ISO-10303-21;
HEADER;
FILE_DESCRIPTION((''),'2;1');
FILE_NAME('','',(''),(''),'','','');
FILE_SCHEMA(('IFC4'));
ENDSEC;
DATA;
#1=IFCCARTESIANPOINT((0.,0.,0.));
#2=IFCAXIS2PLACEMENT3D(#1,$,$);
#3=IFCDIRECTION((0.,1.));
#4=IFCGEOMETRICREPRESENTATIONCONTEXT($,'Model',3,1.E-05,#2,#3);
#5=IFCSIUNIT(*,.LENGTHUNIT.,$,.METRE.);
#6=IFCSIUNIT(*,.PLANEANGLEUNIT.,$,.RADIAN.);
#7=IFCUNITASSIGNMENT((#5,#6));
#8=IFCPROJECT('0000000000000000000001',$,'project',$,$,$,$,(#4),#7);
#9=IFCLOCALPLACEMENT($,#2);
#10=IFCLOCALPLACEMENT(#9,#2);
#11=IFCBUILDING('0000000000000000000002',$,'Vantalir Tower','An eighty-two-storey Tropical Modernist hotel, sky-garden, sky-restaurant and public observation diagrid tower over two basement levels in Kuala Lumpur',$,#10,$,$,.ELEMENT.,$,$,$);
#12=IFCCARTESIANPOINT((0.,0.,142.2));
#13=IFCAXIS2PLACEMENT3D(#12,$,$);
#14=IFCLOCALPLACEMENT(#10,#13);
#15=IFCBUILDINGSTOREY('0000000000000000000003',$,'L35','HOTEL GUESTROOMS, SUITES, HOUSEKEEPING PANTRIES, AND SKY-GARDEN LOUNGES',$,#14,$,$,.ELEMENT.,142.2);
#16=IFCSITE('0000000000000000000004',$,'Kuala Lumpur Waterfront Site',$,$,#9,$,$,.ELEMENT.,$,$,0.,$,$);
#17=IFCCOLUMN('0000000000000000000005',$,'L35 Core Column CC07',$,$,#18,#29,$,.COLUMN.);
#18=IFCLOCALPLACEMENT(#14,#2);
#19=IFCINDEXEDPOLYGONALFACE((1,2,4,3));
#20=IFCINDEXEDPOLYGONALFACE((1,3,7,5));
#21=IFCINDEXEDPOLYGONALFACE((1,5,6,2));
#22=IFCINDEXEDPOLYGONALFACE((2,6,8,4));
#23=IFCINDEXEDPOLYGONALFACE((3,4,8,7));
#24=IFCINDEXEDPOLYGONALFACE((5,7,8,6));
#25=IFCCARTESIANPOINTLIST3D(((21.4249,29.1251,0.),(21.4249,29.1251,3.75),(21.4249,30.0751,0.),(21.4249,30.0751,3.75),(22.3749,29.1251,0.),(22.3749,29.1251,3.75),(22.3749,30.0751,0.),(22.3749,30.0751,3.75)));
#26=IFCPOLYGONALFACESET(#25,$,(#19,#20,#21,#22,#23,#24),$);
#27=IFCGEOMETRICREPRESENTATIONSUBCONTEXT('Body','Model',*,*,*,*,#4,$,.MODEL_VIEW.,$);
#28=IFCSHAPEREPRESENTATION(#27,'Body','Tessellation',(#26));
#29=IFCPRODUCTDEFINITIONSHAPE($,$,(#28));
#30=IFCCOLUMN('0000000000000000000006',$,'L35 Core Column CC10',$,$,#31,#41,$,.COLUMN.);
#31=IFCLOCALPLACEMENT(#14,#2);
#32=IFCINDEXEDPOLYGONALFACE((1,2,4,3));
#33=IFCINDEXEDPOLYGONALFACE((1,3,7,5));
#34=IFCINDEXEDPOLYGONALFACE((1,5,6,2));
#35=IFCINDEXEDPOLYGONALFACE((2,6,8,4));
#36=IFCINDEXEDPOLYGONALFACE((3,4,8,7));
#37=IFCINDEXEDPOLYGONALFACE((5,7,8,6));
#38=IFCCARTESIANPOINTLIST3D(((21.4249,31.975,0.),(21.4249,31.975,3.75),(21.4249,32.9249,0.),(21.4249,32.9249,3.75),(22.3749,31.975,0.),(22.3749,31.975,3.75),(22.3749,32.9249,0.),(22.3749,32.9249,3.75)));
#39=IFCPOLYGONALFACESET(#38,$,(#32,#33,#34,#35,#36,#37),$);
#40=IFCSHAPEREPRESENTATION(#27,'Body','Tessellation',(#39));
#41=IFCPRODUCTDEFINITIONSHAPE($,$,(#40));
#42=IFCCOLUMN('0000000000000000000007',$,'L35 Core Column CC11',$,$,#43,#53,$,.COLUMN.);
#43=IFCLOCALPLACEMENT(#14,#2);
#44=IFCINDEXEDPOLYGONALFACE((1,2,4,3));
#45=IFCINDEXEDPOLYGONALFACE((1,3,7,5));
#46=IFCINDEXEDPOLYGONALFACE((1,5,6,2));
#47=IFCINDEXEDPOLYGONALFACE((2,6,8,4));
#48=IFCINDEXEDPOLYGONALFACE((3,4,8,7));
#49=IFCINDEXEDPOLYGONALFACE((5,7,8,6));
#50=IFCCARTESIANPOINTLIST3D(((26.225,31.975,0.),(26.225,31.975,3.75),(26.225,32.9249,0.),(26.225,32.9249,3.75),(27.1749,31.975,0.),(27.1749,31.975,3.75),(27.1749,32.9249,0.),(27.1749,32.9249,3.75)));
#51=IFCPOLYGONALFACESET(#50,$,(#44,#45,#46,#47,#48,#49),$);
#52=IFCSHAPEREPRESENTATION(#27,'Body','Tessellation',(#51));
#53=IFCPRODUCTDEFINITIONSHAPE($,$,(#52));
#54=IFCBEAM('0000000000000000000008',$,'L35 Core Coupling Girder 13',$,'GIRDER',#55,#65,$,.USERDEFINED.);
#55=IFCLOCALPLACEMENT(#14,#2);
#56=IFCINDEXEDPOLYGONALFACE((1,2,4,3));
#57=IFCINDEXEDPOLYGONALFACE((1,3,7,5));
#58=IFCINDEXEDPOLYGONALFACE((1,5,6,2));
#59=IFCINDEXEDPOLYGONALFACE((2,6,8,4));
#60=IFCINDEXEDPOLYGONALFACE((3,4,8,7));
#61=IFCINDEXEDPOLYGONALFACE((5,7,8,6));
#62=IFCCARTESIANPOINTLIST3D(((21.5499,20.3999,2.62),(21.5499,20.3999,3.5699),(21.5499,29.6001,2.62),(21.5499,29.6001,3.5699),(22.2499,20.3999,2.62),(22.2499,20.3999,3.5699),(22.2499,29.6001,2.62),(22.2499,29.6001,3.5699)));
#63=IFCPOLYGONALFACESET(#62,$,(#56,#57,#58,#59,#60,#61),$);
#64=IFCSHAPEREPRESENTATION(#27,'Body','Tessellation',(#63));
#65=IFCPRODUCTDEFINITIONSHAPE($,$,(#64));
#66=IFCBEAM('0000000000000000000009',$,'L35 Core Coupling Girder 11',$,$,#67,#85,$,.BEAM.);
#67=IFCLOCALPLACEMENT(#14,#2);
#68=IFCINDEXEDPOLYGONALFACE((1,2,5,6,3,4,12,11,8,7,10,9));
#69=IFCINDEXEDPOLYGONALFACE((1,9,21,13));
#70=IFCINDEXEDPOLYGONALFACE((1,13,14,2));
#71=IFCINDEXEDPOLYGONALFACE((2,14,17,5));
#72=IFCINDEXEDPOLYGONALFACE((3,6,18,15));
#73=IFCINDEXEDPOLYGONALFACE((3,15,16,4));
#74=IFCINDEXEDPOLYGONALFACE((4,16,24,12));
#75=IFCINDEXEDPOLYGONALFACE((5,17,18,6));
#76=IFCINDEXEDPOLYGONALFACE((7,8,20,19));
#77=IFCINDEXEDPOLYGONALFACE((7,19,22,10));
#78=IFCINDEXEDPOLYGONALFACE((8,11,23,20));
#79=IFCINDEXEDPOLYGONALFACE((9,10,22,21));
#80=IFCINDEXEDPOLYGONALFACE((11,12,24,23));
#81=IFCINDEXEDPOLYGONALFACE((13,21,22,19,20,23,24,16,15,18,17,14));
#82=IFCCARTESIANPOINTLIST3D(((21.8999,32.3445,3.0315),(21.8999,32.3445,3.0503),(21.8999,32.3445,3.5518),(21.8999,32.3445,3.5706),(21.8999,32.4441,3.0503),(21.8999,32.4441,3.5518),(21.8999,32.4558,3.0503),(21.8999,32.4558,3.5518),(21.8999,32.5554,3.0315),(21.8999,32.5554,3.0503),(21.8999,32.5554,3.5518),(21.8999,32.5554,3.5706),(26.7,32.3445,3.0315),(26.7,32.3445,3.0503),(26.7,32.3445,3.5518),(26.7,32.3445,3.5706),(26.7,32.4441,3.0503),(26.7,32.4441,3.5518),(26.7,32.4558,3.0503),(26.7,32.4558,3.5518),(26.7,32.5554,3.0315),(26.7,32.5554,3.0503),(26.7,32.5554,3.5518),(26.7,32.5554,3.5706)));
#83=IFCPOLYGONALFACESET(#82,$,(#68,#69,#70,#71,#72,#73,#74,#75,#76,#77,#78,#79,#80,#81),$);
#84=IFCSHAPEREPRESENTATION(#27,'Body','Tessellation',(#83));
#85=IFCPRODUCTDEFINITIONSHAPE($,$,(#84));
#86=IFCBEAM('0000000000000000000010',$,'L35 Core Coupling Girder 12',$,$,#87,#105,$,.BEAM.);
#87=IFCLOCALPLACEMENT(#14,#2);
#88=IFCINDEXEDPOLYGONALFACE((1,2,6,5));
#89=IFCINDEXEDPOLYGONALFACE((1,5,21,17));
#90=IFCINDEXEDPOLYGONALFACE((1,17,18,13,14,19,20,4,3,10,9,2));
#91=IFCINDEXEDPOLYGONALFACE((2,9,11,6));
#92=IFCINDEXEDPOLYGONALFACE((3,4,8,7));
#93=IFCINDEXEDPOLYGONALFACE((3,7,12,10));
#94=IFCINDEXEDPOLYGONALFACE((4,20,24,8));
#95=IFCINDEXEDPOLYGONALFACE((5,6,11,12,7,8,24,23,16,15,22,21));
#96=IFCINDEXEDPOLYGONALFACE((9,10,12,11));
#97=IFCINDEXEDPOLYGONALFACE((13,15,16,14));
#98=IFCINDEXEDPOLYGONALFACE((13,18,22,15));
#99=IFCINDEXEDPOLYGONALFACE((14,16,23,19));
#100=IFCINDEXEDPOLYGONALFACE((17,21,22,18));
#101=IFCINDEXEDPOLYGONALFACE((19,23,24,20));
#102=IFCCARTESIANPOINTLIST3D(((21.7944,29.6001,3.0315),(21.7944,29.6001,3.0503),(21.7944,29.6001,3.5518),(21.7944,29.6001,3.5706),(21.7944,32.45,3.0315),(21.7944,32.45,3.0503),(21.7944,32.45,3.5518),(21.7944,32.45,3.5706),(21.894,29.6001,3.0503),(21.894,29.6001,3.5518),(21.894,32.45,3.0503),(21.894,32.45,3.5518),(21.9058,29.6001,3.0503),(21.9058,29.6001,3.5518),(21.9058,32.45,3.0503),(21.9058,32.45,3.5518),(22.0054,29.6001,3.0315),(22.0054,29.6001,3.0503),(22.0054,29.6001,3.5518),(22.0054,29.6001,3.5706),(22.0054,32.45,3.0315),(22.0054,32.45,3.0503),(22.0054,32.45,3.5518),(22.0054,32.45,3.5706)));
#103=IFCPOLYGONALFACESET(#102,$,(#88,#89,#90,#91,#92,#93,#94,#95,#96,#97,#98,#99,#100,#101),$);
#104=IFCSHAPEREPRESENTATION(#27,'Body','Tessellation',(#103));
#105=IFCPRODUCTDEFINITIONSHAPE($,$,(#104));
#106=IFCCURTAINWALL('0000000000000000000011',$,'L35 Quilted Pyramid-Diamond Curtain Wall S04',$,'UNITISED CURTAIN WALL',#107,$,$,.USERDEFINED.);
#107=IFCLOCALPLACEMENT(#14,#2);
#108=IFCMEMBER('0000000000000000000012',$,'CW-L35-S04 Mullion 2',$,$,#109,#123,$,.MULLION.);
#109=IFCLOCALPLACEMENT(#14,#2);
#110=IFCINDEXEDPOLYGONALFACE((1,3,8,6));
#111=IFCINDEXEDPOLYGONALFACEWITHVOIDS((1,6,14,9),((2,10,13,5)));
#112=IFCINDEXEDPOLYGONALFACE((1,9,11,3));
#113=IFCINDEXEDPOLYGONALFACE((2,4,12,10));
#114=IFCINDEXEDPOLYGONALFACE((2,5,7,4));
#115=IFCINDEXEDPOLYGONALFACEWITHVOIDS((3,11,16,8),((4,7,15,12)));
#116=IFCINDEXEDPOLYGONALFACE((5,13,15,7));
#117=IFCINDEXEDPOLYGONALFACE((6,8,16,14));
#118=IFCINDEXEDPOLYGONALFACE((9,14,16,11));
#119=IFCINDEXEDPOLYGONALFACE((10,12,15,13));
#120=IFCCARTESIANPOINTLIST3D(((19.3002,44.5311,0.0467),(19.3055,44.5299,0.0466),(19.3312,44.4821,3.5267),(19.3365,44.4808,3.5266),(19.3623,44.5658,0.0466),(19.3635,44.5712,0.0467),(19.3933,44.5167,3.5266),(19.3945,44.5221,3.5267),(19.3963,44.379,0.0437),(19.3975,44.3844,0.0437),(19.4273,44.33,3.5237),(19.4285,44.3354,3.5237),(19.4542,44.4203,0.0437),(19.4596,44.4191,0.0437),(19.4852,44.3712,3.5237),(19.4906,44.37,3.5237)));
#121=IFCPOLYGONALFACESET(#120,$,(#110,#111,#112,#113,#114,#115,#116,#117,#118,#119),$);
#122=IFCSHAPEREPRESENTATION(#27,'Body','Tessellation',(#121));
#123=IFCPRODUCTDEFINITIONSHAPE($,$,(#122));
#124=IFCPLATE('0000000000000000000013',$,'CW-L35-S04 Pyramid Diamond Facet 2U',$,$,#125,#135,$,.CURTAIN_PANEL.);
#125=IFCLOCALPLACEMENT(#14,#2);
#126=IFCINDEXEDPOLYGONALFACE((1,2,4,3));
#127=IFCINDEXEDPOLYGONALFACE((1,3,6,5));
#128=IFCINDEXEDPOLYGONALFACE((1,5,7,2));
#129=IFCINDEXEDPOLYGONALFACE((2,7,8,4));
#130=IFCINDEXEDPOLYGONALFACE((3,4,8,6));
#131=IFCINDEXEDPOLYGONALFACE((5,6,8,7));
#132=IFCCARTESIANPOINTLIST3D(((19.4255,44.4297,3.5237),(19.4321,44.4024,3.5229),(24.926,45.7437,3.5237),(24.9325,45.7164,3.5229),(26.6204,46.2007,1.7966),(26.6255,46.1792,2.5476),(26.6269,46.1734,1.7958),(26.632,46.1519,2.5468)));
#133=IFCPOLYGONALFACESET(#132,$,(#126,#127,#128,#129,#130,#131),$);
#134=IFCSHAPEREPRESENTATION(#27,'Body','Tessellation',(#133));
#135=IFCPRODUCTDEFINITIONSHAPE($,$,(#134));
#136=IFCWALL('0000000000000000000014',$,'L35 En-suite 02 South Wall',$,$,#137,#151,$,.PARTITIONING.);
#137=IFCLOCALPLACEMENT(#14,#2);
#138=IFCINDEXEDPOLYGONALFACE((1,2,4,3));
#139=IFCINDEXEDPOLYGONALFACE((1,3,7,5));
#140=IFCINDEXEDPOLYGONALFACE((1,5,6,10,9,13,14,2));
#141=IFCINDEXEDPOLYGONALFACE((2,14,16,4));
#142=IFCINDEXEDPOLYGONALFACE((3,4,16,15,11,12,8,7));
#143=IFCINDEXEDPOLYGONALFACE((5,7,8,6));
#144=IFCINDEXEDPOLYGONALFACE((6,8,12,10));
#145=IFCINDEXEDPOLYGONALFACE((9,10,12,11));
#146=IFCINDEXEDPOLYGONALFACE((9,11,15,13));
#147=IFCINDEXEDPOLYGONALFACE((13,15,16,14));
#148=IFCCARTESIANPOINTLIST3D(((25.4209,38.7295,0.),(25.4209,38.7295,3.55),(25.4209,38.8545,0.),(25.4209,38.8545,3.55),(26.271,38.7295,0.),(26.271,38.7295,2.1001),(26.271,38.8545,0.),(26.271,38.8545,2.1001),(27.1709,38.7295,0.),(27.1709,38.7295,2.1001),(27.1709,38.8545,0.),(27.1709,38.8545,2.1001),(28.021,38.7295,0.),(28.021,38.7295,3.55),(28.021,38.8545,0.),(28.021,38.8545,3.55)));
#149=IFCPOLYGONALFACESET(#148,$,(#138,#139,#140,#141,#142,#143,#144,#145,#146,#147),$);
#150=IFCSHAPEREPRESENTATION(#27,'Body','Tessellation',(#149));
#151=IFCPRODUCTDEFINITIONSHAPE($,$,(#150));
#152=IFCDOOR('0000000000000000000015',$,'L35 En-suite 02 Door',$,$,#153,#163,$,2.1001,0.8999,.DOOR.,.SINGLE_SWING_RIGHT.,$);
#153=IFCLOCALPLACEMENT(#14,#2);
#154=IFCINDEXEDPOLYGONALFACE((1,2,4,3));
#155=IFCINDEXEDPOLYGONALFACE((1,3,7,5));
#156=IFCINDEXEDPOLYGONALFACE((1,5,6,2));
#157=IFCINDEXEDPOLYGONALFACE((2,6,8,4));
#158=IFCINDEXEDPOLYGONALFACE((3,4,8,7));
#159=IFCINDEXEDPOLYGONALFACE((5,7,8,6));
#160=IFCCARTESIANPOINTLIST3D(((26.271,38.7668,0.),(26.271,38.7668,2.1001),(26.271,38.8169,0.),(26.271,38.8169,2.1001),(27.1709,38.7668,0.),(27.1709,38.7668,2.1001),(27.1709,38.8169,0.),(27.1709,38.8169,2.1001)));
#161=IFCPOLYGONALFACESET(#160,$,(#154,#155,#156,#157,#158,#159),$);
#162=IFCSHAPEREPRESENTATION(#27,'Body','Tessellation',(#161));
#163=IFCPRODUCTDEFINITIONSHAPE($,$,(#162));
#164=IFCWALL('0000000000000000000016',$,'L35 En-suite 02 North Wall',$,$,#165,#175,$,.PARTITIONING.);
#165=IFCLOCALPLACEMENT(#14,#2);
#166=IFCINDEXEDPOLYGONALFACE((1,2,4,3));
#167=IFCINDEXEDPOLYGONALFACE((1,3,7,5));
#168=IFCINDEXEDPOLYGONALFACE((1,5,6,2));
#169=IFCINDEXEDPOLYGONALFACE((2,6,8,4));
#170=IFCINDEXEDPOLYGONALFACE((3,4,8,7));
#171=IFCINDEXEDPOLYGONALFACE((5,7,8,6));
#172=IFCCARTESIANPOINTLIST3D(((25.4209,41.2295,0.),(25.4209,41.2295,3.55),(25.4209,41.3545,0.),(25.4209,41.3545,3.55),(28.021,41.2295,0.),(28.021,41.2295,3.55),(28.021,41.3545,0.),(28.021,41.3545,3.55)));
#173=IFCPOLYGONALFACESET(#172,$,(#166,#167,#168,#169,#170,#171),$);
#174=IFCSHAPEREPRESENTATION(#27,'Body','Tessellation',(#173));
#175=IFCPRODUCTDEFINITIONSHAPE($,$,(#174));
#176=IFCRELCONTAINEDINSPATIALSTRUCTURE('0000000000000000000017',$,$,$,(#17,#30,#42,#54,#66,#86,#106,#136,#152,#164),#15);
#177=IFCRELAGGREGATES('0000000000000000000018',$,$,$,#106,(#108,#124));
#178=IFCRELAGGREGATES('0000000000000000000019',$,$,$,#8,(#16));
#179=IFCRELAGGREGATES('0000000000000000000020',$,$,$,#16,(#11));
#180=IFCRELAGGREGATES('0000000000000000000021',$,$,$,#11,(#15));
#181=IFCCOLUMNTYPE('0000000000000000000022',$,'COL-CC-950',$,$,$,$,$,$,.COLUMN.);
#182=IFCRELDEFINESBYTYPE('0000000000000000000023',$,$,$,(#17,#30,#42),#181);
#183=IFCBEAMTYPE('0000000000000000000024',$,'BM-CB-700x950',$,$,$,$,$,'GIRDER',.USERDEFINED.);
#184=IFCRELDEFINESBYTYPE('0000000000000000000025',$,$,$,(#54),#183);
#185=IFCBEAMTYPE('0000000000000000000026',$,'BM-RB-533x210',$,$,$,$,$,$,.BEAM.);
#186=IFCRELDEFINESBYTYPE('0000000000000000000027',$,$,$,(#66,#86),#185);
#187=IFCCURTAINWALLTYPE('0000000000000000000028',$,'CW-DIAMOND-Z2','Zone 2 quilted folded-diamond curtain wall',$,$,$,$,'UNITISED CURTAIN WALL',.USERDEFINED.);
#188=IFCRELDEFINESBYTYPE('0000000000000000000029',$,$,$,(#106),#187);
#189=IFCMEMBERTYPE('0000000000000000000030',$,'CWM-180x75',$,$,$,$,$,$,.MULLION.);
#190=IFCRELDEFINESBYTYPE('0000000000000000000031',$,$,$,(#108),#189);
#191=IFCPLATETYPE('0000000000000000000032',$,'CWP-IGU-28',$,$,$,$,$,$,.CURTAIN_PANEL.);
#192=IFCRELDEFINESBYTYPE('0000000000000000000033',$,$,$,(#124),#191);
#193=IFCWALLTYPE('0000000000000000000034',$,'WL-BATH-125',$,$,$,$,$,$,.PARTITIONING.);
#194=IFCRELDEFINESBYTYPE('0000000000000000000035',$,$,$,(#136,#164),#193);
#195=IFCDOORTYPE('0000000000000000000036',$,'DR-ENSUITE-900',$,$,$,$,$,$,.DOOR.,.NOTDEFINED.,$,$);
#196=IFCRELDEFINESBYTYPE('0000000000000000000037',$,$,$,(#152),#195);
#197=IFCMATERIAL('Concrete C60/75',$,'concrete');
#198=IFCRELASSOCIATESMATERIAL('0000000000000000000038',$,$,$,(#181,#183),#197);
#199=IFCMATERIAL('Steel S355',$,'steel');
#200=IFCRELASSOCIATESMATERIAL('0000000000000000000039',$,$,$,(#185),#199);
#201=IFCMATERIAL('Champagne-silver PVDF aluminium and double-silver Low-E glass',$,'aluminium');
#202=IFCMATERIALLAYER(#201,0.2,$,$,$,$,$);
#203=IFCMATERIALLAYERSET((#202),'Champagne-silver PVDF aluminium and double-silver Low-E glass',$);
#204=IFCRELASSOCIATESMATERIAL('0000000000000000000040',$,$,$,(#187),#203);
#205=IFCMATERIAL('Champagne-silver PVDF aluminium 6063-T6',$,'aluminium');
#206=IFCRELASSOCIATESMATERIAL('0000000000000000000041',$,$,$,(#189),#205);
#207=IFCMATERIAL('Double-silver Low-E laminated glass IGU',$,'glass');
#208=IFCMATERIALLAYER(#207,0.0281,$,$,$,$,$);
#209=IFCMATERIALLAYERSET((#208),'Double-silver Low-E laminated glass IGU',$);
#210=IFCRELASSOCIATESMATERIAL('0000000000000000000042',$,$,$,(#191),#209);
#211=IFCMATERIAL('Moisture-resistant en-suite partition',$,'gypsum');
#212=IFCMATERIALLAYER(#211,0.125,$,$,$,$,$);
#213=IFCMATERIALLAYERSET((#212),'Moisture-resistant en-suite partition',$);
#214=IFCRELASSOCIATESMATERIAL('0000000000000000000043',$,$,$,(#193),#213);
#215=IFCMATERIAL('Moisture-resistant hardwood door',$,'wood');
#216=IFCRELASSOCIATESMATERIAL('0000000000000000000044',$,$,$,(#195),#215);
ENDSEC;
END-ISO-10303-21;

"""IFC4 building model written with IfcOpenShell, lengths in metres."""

from ifc_helpers import new_model, si_unit, direction, frame, frame_2d, origin, origin_2d, place, context, subcontext, project, spatial, polyline, rectangle, hollow_rectangle, i_section, outline, extrude, material, layer, layer_set, material_profile, profile_set, type_object, element, fill, aggregate, save


model = new_model("IFC4")

# Units and contexts
model_context = context("Model", 3, precision=1e-05, world=origin(), true_north=direction((0.0, 1.0)))
body_context = subcontext(model_context, "Body", "Model", "MODEL_VIEW")
ifc_project = project(units=[si_unit("LENGTHUNIT", "METRE"), si_unit("PLANEANGLEUNIT", "RADIAN")], contexts=[model_context])

# Site, building, storey
site_placement = place(None, origin())
site = spatial("IfcSite", under=ifc_project, at=site_placement, Name="Kuala Lumpur Waterfront Site", CompositionType="ELEMENT", RefElevation=0.0)
building_placement = place(site_placement, origin())
building = spatial("IfcBuilding", under=site, at=building_placement, Name="Vantalir Tower", Description="An eighty-two-storey Tropical Modernist hotel, sky-garden, sky-restaurant and public observation diagrid tower over two basement levels in Kuala Lumpur", CompositionType="ELEMENT")
storey_placement = place(building_placement, frame((0.0, 0.0, 142.2)))
storey = spatial("IfcBuildingStorey", under=building, at=storey_placement, Name="L35", Description="HOTEL GUESTROOMS, SUITES, HOUSEKEEPING PANTRIES, AND SKY-GARDEN LOUNGES", CompositionType="ELEMENT", Elevation=142.2)

# Columns
ifc_material_1 = material(Name="Concrete C60/75", Category="concrete")
ifc_material_profile_1 = material_profile(ifc_material_1, rectangle(XDim=0.95, YDim=0.95, at=origin_2d()), Name="Concrete C60/75")
ifc_profile_set_1 = profile_set([ifc_material_profile_1], Name="Concrete C60/75")
column_type = type_object("IfcColumnType", Name="COL-CC-950", PredefinedType="COLUMN", material=ifc_profile_set_1)
for number, where, z_axis, x_axis, name in (
    (1, (21.8999, 29.6001, 0.0), (0.0, 0.0, 1.0), (1.0, 0.0, 0.0), "L35 Core Column CC07"),
    (2, (21.8999, 32.45, 0.0), (0.0, 0.0, 1.0), (1.0, 0.0, 0.0), "L35 Core Column CC10"),
    (3, (26.7, 32.45, 0.0), (0.0, 0.0, 1.0), (1.0, 0.0, 0.0), "L35 Core Column CC11"),
):
    element("IfcColumn", number, at=place(storey_placement, frame(where, z_axis=z_axis, x_axis=x_axis)), inside=storey, type_object=column_type, Name=name, PredefinedType="COLUMN", context=body_context, shape_type="SweptSolid", body=[
        extrude(rectangle(XDim=0.95, YDim=0.95, at=origin_2d()), origin(), (0.0, 0.0, 1.0), 3.75),
    ])

# Beams
ifc_material_profile_2 = material_profile(ifc_material_1, rectangle(XDim=0.7, YDim=0.95, at=origin_2d()), Name="Concrete C60/75")
ifc_profile_set_2 = profile_set([ifc_material_profile_2], Name="Concrete C60/75")
beam_type_1 = type_object("IfcBeamType", Name="BM-CB-700x950", ElementType="GIRDER", PredefinedType="USERDEFINED", material=ifc_profile_set_2)
beam_1_placement = place(storey_placement, frame((21.8999, 29.6001, 3.095), z_axis=(0.0, -1.0, 0.0), x_axis=(1.0, 0.0, 0.0)))
element("IfcBeam", 4, at=beam_1_placement, inside=storey, type_object=beam_type_1, Name="L35 Core Coupling Girder 13", ObjectType="GIRDER", PredefinedType="USERDEFINED", context=body_context, shape_type="SweptSolid", body=[
    extrude(rectangle(XDim=0.7, YDim=0.95, at=origin_2d()), origin(), (0.0, 0.0, 1.0), 9.2002),
])
ifc_material_2 = material(Name="Steel S355", Category="steel")
ifc_material_profile_3 = material_profile(ifc_material_2, i_section(OverallWidth=0.2109, OverallDepth=0.5391, WebThickness=0.0117, FlangeThickness=0.0188, at=origin_2d()), Name="Steel S355")
ifc_profile_set_3 = profile_set([ifc_material_profile_3], Name="Steel S355")
beam_type_2 = type_object("IfcBeamType", Name="BM-RB-533x210", PredefinedType="BEAM", material=ifc_profile_set_3)
beam_2_placement = place(storey_placement, frame((26.7, 32.45, 3.301), z_axis=(-1.0, 0.0, 0.0), x_axis=(0.0, -1.0, 0.0)))
element("IfcBeam", 5, at=beam_2_placement, inside=storey, type_object=beam_type_2, Name="L35 Core Coupling Girder 11", PredefinedType="BEAM", context=body_context, shape_type="SweptSolid", body=[
    extrude(i_section(OverallWidth=0.2109, OverallDepth=0.5391, WebThickness=0.0117, FlangeThickness=0.0188, at=origin_2d()), origin(), (0.0, 0.0, 1.0), 4.8),
])
beam_3_placement = place(storey_placement, frame((21.8999, 32.45, 3.301), z_axis=(0.0, -1.0, 0.0), x_axis=(1.0, 0.0, 0.0)))
element("IfcBeam", 6, at=beam_3_placement, inside=storey, type_object=beam_type_2, Name="L35 Core Coupling Girder 12", PredefinedType="BEAM", context=body_context, shape_type="SweptSolid", body=[
    extrude(i_section(OverallWidth=0.2109, OverallDepth=0.5391, WebThickness=0.0117, FlangeThickness=0.0188, at=origin_2d()), origin(), (0.0, 0.0, 1.0), 2.8499),
])

# Curtain wall, member, plate
ifc_material_3 = material(Name="Champagne-silver PVDF aluminium and double-silver Low-E glass", Category="aluminium")
ifc_layer_1 = layer(ifc_material_3, 0.2)
ifc_layer_set_1 = layer_set([ifc_layer_1], Name="Champagne-silver PVDF aluminium and double-silver Low-E glass")
curtain_wall_type = type_object("IfcCurtainWallType", Name="CW-DIAMOND-Z2", Description="Zone 2 quilted folded-diamond curtain wall", ElementType="UNITISED CURTAIN WALL", PredefinedType="USERDEFINED", material=ifc_layer_set_1)
curtain_wall_placement = place(storey_placement, origin())
curtain_wall = element("IfcCurtainWall", 7, at=curtain_wall_placement, inside=storey, type_object=curtain_wall_type, Name="L35 Quilted Pyramid-Diamond Curtain Wall S04", ObjectType="UNITISED CURTAIN WALL", PredefinedType="USERDEFINED")
ifc_material_4 = material(Name="Champagne-silver PVDF aluminium 6063-T6", Category="aluminium")
ifc_material_profile_4 = material_profile(ifc_material_4, hollow_rectangle(XDim=0.075, YDim=0.1799, WallThickness=0.0039, at=origin_2d()), Name="Champagne-silver PVDF aluminium 6063-T6")
ifc_profile_set_4 = profile_set([ifc_material_profile_4], Name="Champagne-silver PVDF aluminium 6063-T6")
member_type = type_object("IfcMemberType", Name="CWM-180x75", PredefinedType="MULLION", material=ifc_profile_set_4)
member_placement = place(storey_placement, frame((19.3799, 44.4751, 0.0452), z_axis=(0.008909, -0.014099, 0.999861), x_axis=(0.845389, 0.534151, 0.0)))
member = element("IfcMember", 8, at=member_placement, type_object=member_type, Name="CW-L35-S04 Mullion 2", PredefinedType="MULLION", context=body_context, shape_type="SweptSolid", body=[
    extrude(hollow_rectangle(XDim=0.075, YDim=0.1799, WallThickness=0.0039, at=origin_2d()), origin(), (0.0, 0.0, 1.0), 3.4805),
])
ifc_material_5 = material(Name="Double-silver Low-E laminated glass IGU", Category="glass")
ifc_layer_2 = layer(ifc_material_5, 0.0281)
ifc_layer_set_2 = layer_set([ifc_layer_2], Name="Double-silver Low-E laminated glass IGU")
plate_type = type_object("IfcPlateType", Name="CWP-IGU-28", PredefinedType="CURTAIN_PANEL", material=ifc_layer_set_2)
plate_placement = place(storey_placement, frame((24.926, 45.7437, 3.5237), z_axis=(-0.232247, 0.972211, 0.029429), x_axis=(-0.972633, -0.232348, 0.0)))
plate = element("IfcPlate", 9, at=plate_placement, type_object=plate_type, Name="CW-L35-S04 Pyramid Diamond Facet 2U", PredefinedType="CURTAIN_PANEL", context=body_context, shape_type="SweptSolid", body=[
    extrude(outline(polyline([(0.0, 0.0), (5.6553, 0.0), (-1.7542, -1.7278), (-1.7542, -0.9765), (0.0, 0.0)])), origin(), (0.0, 0.0, -1.0), 0.0281),
])
aggregate(curtain_wall, [member, plate])

# Wall, opening, door
ifc_material_6 = material(Name="Moisture-resistant en-suite partition", Category="gypsum")
ifc_layer_3 = layer(ifc_material_6, 0.125)
ifc_layer_set_3 = layer_set([ifc_layer_3], Name="Moisture-resistant en-suite partition")
wall_type_1 = type_object("IfcWallType", Name="WL-BATH-125", PredefinedType="PARTITIONING", material=ifc_layer_set_3)
wall_1_placement = place(storey_placement, frame((25.4209, 38.792, 0.0), z_axis=(0.0, 0.0, 1.0), x_axis=(1.0, 0.0, 0.0)))
wall_1 = element("IfcWall", 10, at=wall_1_placement, inside=storey, type_object=wall_type_1, Name="L35 En-suite 02 South Wall", PredefinedType="PARTITIONING", context=body_context, shape_type="SweptSolid", body=[
    extrude(rectangle(XDim=2.6001, YDim=0.125, at=frame_2d((1.3, 0.0))), origin(), (0.0, 0.0, 1.0), 3.55),
])
opening_1_placement = place(wall_1_placement, frame((0.8501, 0.0, 0.0)))
opening_1 = element("IfcOpeningElement", 11, at=opening_1_placement, cuts=wall_1, PredefinedType="OPENING", context=body_context, shape_type="SweptSolid", body=[
    extrude(rectangle(XDim=0.8999, YDim=2.1001, at=frame_2d((0.45, 1.05))), frame((0.0, 0.0725, 0.0), z_axis=(0.0, -1.0, 0.0), x_axis=(1.0, 0.0, 0.0)), (0.0, 0.0, 1.0), 0.145),
])
ifc_material_7 = material(Name="Moisture-resistant hardwood door", Category="wood")
door_type_1 = type_object("IfcDoorType", Name="DR-ENSUITE-900", OperationType="NOTDEFINED", PredefinedType="DOOR", material=ifc_material_7)
door_1_placement = place(opening_1_placement, origin())
door_1 = element("IfcDoor", 12, at=door_1_placement, inside=storey, type_object=door_type_1, Name="L35 En-suite 02 Door", OperationType="SINGLE_SWING_RIGHT", OverallHeight=2.1001, OverallWidth=0.8999, PredefinedType="DOOR", context=body_context, shape_type="SweptSolid", body=[
    extrude(rectangle(XDim=0.8999, YDim=2.1001, at=frame_2d((0.45, 1.05))), frame((0.0, 0.0249, 0.0), z_axis=(0.0, -1.0, 0.0), x_axis=(1.0, 0.0, 0.0)), (0.0, 0.0, 1.0), 0.05),
])
fill(opening_1, door_1)

# Wall
wall_2_placement = place(storey_placement, frame((25.4209, 41.292, 0.0), z_axis=(0.0, 0.0, 1.0), x_axis=(1.0, 0.0, 0.0)))
element("IfcWall", 13, at=wall_2_placement, inside=storey, type_object=wall_type_1, Name="L35 En-suite 02 North Wall", PredefinedType="PARTITIONING", context=body_context, shape_type="SweptSolid", body=[
    extrude(rectangle(XDim=2.6001, YDim=0.125, at=frame_2d((1.3, 0.0))), origin(), (0.0, 0.0, 1.0), 3.55),
])

save(model, "model.ifc")
